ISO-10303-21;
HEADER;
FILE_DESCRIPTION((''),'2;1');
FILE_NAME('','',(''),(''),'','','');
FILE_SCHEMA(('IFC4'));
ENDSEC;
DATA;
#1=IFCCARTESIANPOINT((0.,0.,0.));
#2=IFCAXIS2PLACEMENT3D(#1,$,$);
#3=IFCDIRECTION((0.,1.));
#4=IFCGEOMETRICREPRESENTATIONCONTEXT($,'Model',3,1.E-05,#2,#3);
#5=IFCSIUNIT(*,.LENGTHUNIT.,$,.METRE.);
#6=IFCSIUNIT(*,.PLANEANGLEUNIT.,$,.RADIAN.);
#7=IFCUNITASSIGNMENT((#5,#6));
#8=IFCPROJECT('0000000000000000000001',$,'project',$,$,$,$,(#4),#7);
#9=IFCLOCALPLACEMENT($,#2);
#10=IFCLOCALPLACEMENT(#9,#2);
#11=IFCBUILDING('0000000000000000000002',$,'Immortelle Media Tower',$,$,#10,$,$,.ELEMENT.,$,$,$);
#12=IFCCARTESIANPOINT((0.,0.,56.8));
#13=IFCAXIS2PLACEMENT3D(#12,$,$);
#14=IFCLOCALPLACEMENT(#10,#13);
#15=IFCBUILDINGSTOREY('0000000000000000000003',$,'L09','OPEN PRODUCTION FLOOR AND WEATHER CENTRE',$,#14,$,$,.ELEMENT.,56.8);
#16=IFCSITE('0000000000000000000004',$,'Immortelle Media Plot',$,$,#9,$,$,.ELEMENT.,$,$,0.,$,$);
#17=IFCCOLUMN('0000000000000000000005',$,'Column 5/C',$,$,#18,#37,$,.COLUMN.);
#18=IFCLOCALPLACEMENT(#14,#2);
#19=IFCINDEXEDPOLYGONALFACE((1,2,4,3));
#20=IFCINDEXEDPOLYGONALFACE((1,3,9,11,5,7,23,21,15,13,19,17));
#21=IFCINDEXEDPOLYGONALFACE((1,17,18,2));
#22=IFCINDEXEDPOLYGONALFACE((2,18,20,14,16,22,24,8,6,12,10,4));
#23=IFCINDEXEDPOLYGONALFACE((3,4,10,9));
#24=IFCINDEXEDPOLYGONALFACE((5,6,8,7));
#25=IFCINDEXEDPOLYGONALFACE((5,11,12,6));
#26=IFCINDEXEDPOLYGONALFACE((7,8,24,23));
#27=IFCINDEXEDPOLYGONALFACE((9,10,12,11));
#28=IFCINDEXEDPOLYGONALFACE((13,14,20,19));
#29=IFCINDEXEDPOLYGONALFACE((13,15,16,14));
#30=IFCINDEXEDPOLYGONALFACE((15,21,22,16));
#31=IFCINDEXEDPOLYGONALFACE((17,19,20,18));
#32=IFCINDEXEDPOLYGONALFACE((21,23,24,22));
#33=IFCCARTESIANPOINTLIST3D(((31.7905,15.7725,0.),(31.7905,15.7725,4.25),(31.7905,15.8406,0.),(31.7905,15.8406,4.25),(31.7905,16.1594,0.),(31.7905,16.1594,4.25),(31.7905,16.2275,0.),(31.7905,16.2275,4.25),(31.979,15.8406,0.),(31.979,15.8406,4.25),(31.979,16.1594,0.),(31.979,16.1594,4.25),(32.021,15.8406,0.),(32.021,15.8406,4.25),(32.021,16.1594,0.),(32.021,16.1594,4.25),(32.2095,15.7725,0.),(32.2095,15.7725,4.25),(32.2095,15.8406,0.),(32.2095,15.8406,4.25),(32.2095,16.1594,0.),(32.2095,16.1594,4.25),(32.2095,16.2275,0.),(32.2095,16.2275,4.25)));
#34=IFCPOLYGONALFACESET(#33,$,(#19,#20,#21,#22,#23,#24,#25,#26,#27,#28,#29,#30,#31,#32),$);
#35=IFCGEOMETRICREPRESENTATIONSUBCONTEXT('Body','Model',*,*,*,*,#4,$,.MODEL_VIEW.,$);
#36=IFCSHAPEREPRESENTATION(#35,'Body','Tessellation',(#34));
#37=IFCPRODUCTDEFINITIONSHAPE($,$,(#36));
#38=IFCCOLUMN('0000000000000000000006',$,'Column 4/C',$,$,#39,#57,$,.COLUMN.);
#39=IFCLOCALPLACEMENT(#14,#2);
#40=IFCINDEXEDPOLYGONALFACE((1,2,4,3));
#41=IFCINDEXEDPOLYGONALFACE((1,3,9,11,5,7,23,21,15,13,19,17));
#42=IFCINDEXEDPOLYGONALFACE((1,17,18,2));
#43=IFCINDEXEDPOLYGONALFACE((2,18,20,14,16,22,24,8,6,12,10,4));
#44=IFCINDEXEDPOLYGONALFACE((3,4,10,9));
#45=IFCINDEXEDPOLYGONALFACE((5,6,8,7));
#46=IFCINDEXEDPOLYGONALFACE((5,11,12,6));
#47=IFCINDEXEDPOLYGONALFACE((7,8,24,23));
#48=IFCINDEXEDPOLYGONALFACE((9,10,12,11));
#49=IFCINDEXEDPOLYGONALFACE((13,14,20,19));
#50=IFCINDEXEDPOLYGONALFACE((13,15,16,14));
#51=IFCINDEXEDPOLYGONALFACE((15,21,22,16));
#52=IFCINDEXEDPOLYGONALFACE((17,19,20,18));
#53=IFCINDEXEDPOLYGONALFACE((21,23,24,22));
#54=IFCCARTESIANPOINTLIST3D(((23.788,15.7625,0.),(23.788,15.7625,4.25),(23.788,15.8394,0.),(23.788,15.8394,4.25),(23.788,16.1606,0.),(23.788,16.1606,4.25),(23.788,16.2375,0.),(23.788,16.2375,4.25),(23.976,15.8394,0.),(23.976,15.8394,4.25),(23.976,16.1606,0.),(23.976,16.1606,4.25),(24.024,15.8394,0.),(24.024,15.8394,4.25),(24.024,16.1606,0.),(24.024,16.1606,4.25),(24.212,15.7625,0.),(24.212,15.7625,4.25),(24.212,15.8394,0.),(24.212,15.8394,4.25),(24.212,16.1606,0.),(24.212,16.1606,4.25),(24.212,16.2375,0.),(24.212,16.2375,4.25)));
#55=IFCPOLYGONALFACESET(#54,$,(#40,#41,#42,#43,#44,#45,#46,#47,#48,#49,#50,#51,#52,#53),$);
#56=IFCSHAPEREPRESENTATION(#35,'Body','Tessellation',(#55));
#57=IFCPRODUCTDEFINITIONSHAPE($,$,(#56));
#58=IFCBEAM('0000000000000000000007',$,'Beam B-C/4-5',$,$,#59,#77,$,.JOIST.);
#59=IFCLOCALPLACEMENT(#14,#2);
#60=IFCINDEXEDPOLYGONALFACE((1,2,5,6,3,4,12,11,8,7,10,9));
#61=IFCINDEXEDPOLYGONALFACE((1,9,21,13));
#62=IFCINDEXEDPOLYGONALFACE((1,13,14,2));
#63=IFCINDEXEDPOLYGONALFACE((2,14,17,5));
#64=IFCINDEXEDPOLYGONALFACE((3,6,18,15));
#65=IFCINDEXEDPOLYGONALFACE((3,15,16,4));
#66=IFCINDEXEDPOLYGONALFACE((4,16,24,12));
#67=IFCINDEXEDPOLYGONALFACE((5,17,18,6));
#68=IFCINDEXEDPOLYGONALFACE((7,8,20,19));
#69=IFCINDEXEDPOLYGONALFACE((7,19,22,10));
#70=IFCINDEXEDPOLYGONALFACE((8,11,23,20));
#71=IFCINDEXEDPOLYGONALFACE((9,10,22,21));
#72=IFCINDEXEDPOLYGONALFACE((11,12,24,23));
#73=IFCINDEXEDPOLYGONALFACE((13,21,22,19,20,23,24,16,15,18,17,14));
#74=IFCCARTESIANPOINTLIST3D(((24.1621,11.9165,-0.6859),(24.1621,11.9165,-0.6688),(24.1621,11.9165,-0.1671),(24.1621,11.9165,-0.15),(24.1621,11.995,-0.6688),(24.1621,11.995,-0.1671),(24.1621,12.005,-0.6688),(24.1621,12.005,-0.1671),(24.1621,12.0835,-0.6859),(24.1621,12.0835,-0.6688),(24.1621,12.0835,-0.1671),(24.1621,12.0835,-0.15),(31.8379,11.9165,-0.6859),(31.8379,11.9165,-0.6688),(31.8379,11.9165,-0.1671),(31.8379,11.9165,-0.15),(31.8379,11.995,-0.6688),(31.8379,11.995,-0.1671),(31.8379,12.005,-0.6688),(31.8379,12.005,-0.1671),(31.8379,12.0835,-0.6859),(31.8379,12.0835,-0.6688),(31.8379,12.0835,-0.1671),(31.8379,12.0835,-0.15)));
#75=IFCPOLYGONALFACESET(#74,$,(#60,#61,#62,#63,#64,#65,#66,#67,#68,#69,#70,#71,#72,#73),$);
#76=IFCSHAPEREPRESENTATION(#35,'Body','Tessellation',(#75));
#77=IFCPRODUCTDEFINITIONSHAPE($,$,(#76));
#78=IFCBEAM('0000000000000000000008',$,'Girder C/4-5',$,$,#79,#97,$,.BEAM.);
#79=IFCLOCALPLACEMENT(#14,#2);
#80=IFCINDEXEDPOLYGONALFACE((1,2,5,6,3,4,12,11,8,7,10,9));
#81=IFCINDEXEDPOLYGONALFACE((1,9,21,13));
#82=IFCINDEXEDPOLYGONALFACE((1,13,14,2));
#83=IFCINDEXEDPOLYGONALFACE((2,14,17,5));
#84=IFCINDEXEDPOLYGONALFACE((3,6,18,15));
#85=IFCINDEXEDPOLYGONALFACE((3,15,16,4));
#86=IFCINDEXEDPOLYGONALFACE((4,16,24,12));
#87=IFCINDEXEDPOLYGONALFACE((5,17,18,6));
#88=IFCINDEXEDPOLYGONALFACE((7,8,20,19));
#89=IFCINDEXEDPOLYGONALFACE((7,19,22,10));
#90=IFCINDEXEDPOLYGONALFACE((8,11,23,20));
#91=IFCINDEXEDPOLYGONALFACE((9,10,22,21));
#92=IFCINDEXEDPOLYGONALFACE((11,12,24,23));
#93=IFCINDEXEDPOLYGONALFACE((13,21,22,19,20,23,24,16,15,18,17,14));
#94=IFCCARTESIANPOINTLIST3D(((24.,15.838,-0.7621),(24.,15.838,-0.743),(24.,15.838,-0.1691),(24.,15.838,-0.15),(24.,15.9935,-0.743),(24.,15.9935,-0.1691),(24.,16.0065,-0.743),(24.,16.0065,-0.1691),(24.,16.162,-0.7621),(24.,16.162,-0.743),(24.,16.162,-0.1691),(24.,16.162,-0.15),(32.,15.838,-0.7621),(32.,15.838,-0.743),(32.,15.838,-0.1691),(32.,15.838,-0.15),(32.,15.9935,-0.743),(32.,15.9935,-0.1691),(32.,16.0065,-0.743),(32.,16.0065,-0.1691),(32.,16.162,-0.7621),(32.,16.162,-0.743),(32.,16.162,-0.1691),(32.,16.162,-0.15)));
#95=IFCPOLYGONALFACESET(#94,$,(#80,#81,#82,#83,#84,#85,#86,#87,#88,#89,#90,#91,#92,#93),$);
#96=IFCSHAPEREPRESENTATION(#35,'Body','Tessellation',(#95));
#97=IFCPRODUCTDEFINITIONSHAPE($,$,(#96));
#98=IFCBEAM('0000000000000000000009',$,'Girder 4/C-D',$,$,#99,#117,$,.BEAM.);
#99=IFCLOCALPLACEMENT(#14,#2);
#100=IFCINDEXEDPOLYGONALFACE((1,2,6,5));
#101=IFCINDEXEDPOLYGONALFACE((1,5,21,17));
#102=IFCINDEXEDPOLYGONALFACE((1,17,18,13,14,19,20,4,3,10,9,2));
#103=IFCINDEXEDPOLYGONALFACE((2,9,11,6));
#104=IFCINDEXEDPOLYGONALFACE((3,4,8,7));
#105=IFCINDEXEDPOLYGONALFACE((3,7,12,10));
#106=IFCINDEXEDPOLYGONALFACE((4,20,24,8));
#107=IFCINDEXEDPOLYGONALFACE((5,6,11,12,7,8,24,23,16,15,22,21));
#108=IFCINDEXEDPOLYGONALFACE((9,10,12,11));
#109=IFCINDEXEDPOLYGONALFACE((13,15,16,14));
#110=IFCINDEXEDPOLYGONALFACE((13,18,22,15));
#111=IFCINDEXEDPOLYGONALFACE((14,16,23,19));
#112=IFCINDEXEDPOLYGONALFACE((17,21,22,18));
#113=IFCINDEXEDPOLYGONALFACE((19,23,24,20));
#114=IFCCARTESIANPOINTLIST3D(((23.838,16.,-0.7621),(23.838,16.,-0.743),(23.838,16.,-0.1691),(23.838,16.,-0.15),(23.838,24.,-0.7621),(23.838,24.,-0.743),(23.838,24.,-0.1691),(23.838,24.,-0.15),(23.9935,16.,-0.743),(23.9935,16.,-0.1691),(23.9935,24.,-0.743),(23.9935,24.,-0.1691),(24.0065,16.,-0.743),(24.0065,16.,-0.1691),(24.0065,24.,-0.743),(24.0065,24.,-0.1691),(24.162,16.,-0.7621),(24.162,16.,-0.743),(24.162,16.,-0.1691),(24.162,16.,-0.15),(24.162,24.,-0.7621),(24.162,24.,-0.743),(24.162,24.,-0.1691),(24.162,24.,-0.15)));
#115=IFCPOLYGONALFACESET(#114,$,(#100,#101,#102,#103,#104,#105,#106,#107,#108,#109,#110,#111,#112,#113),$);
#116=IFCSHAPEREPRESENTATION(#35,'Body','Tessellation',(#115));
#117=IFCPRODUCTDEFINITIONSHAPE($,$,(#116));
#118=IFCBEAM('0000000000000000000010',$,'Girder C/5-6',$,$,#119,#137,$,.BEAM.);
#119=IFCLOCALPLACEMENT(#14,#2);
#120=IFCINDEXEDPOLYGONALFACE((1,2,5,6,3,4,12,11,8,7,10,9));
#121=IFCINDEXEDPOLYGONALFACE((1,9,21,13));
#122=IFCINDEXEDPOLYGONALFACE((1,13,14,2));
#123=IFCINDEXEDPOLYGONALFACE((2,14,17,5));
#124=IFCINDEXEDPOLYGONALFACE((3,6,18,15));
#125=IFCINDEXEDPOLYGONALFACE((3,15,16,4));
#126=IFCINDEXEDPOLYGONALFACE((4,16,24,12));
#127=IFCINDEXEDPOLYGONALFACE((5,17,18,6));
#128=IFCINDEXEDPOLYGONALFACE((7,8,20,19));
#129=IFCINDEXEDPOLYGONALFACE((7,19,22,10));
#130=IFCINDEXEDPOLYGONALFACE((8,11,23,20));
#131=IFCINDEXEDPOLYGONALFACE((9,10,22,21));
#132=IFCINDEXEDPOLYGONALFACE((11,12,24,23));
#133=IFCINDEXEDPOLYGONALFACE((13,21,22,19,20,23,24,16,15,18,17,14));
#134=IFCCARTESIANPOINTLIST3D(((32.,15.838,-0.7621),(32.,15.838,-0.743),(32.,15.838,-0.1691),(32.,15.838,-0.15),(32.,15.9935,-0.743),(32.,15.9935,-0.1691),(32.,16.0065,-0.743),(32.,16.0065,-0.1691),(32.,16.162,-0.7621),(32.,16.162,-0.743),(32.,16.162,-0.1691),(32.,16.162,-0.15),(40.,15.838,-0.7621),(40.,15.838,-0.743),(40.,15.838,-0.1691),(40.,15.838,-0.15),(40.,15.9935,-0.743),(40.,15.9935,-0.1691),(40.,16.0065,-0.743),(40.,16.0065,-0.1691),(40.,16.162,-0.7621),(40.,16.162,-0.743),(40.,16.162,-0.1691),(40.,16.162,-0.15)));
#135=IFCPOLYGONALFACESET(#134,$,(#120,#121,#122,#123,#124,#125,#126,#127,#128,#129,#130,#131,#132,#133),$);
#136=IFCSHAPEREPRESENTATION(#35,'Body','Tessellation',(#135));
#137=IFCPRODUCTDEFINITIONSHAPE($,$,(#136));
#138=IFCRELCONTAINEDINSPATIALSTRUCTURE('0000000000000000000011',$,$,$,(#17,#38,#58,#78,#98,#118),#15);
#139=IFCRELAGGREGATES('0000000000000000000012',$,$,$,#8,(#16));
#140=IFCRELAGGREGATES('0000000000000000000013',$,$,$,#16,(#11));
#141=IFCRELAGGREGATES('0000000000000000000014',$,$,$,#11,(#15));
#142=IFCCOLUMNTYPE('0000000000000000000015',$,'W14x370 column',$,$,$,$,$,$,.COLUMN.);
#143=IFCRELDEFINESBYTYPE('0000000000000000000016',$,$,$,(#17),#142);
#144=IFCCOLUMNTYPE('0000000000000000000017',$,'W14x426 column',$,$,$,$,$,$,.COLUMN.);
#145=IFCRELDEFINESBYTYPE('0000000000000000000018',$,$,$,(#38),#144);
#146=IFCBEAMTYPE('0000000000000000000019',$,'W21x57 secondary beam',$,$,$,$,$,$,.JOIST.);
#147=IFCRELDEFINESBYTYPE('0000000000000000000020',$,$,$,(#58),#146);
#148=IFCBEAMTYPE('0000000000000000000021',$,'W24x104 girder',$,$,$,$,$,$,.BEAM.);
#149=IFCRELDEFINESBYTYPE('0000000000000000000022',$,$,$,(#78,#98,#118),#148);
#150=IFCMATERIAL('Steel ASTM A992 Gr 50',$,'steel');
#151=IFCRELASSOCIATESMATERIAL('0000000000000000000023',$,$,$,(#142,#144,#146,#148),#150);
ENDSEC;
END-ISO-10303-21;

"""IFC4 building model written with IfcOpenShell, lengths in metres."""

from ifc_helpers import new_model, si_unit, direction, frame, origin, origin_2d, place, context, subcontext, project, spatial, i_section, extrude, material, material_profile, profile_set, type_object, element, save


model = new_model("IFC4")

# Units and contexts
model_context = context("Model", 3, precision=1e-05, world=origin(), true_north=direction((0.0, 1.0)))
body_context = subcontext(model_context, "Body", "Model", "MODEL_VIEW")
ifc_project = project(units=[si_unit("LENGTHUNIT", "METRE"), si_unit("PLANEANGLEUNIT", "RADIAN")], contexts=[model_context])

# Site, building, storey
site_placement = place(None, origin())
site = spatial("IfcSite", under=ifc_project, at=site_placement, Name="Immortelle Media Plot", CompositionType="ELEMENT", RefElevation=0.0)
building_placement = place(site_placement, origin())
building = spatial("IfcBuilding", under=site, at=building_placement, Name="Immortelle Media Tower", CompositionType="ELEMENT")
storey_placement = place(building_placement, frame((0.0, 0.0, 56.8)))
storey = spatial("IfcBuildingStorey", under=building, at=storey_placement, Name="L09", Description="OPEN PRODUCTION FLOOR AND WEATHER CENTRE", CompositionType="ELEMENT", Elevation=56.8)

# Columns
ifc_material_1 = material(Name="Steel ASTM A992 Gr 50", Category="steel")
ifc_material_profile_1 = material_profile(ifc_material_1, i_section(OverallWidth=0.4189, OverallDepth=0.4551, WebThickness=0.042, FlangeThickness=0.0681, at=origin_2d()), Name="W14x370")
ifc_profile_set_1 = profile_set([ifc_material_profile_1], Name="Steel ASTM A992 Gr 50")
column_type_1 = type_object("IfcColumnType", Name="W14x370 column", PredefinedType="COLUMN", material=ifc_profile_set_1)
column_1_placement = place(storey_placement, frame((32.0, 16.0, 0.0), z_axis=(0.0, 0.0, 1.0), x_axis=(1.0, 0.0, 0.0)))
element("IfcColumn", 1, at=column_1_placement, inside=storey, type_object=column_type_1, Name="Column 5/C", PredefinedType="COLUMN", context=body_context, shape_type="SweptSolid", body=[
    extrude(i_section(OverallWidth=0.4189, OverallDepth=0.4551, WebThickness=0.042, FlangeThickness=0.0681, at=origin_2d()), origin(), (0.0, 0.0, 1.0), 4.25),
])
ifc_material_profile_2 = material_profile(ifc_material_1, i_section(OverallWidth=0.4241, OverallDepth=0.4751, WebThickness=0.0481, FlangeThickness=0.0769, at=origin_2d()), Name="W14x426")
ifc_profile_set_2 = profile_set([ifc_material_profile_2], Name="Steel ASTM A992 Gr 50")
column_type_2 = type_object("IfcColumnType", Name="W14x426 column", PredefinedType="COLUMN", material=ifc_profile_set_2)
column_2_placement = place(storey_placement, frame((24.0, 16.0, 0.0), z_axis=(0.0, 0.0, 1.0), x_axis=(1.0, 0.0, 0.0)))
element("IfcColumn", 2, at=column_2_placement, inside=storey, type_object=column_type_2, Name="Column 4/C", PredefinedType="COLUMN", context=body_context, shape_type="SweptSolid", body=[
    extrude(i_section(OverallWidth=0.4241, OverallDepth=0.4751, WebThickness=0.0481, FlangeThickness=0.0769, at=origin_2d()), origin(), (0.0, 0.0, 1.0), 4.25),
])

# Beams
ifc_material_profile_3 = material_profile(ifc_material_1, i_section(OverallWidth=0.167, OverallDepth=0.5359, WebThickness=0.01, FlangeThickness=0.0171, at=origin_2d()), Name="W21x57")
ifc_profile_set_3 = profile_set([ifc_material_profile_3], Name="Steel ASTM A992 Gr 50")
beam_type_1 = type_object("IfcBeamType", Name="W21x57 secondary beam", PredefinedType="JOIST", material=ifc_profile_set_3)
beam_placement = place(storey_placement, frame((24.1621, 12.0, -0.418), z_axis=(1.0, 0.0, 0.0), x_axis=(0.0, 1.0, 0.0)))
element("IfcBeam", 3, at=beam_placement, inside=storey, type_object=beam_type_1, Name="Beam B-C/4-5", PredefinedType="JOIST", context=body_context, shape_type="SweptSolid", body=[
    extrude(i_section(OverallWidth=0.167, OverallDepth=0.5359, WebThickness=0.01, FlangeThickness=0.0171, at=origin_2d()), origin(), (0.0, 0.0, 1.0), 7.6758),
])
ifc_material_profile_4 = material_profile(ifc_material_1, i_section(OverallWidth=0.324, OverallDepth=0.6121, WebThickness=0.0129, FlangeThickness=0.019, at=origin_2d()), Name="W24x104")
ifc_profile_set_4 = profile_set([ifc_material_profile_4], Name="Steel ASTM A992 Gr 50")
beam_type_2 = type_object("IfcBeamType", Name="W24x104 girder", PredefinedType="BEAM", material=ifc_profile_set_4)
for number, where, z_axis, x_axis, name in (
    (4, (24.0, 16.0, -0.4561), (1.0, 0.0, 0.0), (0.0, 1.0, 0.0), "Girder C/4-5"),
    (5, (24.0, 16.0, -0.4561), (0.0, 1.0, 0.0), (-1.0, 0.0, 0.0), "Girder 4/C-D"),
    (6, (32.0, 16.0, -0.4561), (1.0, 0.0, 0.0), (0.0, 1.0, 0.0), "Girder C/5-6"),
):
    element("IfcBeam", number, at=place(storey_placement, frame(where, z_axis=z_axis, x_axis=x_axis)), inside=storey, type_object=beam_type_2, Name=name, PredefinedType="BEAM", context=body_context, shape_type="SweptSolid", body=[
        extrude(i_section(OverallWidth=0.324, OverallDepth=0.6121, WebThickness=0.0129, FlangeThickness=0.019, at=origin_2d()), origin(), (0.0, 0.0, 1.0), 8.0),
    ])

save(model, "model.ifc")
